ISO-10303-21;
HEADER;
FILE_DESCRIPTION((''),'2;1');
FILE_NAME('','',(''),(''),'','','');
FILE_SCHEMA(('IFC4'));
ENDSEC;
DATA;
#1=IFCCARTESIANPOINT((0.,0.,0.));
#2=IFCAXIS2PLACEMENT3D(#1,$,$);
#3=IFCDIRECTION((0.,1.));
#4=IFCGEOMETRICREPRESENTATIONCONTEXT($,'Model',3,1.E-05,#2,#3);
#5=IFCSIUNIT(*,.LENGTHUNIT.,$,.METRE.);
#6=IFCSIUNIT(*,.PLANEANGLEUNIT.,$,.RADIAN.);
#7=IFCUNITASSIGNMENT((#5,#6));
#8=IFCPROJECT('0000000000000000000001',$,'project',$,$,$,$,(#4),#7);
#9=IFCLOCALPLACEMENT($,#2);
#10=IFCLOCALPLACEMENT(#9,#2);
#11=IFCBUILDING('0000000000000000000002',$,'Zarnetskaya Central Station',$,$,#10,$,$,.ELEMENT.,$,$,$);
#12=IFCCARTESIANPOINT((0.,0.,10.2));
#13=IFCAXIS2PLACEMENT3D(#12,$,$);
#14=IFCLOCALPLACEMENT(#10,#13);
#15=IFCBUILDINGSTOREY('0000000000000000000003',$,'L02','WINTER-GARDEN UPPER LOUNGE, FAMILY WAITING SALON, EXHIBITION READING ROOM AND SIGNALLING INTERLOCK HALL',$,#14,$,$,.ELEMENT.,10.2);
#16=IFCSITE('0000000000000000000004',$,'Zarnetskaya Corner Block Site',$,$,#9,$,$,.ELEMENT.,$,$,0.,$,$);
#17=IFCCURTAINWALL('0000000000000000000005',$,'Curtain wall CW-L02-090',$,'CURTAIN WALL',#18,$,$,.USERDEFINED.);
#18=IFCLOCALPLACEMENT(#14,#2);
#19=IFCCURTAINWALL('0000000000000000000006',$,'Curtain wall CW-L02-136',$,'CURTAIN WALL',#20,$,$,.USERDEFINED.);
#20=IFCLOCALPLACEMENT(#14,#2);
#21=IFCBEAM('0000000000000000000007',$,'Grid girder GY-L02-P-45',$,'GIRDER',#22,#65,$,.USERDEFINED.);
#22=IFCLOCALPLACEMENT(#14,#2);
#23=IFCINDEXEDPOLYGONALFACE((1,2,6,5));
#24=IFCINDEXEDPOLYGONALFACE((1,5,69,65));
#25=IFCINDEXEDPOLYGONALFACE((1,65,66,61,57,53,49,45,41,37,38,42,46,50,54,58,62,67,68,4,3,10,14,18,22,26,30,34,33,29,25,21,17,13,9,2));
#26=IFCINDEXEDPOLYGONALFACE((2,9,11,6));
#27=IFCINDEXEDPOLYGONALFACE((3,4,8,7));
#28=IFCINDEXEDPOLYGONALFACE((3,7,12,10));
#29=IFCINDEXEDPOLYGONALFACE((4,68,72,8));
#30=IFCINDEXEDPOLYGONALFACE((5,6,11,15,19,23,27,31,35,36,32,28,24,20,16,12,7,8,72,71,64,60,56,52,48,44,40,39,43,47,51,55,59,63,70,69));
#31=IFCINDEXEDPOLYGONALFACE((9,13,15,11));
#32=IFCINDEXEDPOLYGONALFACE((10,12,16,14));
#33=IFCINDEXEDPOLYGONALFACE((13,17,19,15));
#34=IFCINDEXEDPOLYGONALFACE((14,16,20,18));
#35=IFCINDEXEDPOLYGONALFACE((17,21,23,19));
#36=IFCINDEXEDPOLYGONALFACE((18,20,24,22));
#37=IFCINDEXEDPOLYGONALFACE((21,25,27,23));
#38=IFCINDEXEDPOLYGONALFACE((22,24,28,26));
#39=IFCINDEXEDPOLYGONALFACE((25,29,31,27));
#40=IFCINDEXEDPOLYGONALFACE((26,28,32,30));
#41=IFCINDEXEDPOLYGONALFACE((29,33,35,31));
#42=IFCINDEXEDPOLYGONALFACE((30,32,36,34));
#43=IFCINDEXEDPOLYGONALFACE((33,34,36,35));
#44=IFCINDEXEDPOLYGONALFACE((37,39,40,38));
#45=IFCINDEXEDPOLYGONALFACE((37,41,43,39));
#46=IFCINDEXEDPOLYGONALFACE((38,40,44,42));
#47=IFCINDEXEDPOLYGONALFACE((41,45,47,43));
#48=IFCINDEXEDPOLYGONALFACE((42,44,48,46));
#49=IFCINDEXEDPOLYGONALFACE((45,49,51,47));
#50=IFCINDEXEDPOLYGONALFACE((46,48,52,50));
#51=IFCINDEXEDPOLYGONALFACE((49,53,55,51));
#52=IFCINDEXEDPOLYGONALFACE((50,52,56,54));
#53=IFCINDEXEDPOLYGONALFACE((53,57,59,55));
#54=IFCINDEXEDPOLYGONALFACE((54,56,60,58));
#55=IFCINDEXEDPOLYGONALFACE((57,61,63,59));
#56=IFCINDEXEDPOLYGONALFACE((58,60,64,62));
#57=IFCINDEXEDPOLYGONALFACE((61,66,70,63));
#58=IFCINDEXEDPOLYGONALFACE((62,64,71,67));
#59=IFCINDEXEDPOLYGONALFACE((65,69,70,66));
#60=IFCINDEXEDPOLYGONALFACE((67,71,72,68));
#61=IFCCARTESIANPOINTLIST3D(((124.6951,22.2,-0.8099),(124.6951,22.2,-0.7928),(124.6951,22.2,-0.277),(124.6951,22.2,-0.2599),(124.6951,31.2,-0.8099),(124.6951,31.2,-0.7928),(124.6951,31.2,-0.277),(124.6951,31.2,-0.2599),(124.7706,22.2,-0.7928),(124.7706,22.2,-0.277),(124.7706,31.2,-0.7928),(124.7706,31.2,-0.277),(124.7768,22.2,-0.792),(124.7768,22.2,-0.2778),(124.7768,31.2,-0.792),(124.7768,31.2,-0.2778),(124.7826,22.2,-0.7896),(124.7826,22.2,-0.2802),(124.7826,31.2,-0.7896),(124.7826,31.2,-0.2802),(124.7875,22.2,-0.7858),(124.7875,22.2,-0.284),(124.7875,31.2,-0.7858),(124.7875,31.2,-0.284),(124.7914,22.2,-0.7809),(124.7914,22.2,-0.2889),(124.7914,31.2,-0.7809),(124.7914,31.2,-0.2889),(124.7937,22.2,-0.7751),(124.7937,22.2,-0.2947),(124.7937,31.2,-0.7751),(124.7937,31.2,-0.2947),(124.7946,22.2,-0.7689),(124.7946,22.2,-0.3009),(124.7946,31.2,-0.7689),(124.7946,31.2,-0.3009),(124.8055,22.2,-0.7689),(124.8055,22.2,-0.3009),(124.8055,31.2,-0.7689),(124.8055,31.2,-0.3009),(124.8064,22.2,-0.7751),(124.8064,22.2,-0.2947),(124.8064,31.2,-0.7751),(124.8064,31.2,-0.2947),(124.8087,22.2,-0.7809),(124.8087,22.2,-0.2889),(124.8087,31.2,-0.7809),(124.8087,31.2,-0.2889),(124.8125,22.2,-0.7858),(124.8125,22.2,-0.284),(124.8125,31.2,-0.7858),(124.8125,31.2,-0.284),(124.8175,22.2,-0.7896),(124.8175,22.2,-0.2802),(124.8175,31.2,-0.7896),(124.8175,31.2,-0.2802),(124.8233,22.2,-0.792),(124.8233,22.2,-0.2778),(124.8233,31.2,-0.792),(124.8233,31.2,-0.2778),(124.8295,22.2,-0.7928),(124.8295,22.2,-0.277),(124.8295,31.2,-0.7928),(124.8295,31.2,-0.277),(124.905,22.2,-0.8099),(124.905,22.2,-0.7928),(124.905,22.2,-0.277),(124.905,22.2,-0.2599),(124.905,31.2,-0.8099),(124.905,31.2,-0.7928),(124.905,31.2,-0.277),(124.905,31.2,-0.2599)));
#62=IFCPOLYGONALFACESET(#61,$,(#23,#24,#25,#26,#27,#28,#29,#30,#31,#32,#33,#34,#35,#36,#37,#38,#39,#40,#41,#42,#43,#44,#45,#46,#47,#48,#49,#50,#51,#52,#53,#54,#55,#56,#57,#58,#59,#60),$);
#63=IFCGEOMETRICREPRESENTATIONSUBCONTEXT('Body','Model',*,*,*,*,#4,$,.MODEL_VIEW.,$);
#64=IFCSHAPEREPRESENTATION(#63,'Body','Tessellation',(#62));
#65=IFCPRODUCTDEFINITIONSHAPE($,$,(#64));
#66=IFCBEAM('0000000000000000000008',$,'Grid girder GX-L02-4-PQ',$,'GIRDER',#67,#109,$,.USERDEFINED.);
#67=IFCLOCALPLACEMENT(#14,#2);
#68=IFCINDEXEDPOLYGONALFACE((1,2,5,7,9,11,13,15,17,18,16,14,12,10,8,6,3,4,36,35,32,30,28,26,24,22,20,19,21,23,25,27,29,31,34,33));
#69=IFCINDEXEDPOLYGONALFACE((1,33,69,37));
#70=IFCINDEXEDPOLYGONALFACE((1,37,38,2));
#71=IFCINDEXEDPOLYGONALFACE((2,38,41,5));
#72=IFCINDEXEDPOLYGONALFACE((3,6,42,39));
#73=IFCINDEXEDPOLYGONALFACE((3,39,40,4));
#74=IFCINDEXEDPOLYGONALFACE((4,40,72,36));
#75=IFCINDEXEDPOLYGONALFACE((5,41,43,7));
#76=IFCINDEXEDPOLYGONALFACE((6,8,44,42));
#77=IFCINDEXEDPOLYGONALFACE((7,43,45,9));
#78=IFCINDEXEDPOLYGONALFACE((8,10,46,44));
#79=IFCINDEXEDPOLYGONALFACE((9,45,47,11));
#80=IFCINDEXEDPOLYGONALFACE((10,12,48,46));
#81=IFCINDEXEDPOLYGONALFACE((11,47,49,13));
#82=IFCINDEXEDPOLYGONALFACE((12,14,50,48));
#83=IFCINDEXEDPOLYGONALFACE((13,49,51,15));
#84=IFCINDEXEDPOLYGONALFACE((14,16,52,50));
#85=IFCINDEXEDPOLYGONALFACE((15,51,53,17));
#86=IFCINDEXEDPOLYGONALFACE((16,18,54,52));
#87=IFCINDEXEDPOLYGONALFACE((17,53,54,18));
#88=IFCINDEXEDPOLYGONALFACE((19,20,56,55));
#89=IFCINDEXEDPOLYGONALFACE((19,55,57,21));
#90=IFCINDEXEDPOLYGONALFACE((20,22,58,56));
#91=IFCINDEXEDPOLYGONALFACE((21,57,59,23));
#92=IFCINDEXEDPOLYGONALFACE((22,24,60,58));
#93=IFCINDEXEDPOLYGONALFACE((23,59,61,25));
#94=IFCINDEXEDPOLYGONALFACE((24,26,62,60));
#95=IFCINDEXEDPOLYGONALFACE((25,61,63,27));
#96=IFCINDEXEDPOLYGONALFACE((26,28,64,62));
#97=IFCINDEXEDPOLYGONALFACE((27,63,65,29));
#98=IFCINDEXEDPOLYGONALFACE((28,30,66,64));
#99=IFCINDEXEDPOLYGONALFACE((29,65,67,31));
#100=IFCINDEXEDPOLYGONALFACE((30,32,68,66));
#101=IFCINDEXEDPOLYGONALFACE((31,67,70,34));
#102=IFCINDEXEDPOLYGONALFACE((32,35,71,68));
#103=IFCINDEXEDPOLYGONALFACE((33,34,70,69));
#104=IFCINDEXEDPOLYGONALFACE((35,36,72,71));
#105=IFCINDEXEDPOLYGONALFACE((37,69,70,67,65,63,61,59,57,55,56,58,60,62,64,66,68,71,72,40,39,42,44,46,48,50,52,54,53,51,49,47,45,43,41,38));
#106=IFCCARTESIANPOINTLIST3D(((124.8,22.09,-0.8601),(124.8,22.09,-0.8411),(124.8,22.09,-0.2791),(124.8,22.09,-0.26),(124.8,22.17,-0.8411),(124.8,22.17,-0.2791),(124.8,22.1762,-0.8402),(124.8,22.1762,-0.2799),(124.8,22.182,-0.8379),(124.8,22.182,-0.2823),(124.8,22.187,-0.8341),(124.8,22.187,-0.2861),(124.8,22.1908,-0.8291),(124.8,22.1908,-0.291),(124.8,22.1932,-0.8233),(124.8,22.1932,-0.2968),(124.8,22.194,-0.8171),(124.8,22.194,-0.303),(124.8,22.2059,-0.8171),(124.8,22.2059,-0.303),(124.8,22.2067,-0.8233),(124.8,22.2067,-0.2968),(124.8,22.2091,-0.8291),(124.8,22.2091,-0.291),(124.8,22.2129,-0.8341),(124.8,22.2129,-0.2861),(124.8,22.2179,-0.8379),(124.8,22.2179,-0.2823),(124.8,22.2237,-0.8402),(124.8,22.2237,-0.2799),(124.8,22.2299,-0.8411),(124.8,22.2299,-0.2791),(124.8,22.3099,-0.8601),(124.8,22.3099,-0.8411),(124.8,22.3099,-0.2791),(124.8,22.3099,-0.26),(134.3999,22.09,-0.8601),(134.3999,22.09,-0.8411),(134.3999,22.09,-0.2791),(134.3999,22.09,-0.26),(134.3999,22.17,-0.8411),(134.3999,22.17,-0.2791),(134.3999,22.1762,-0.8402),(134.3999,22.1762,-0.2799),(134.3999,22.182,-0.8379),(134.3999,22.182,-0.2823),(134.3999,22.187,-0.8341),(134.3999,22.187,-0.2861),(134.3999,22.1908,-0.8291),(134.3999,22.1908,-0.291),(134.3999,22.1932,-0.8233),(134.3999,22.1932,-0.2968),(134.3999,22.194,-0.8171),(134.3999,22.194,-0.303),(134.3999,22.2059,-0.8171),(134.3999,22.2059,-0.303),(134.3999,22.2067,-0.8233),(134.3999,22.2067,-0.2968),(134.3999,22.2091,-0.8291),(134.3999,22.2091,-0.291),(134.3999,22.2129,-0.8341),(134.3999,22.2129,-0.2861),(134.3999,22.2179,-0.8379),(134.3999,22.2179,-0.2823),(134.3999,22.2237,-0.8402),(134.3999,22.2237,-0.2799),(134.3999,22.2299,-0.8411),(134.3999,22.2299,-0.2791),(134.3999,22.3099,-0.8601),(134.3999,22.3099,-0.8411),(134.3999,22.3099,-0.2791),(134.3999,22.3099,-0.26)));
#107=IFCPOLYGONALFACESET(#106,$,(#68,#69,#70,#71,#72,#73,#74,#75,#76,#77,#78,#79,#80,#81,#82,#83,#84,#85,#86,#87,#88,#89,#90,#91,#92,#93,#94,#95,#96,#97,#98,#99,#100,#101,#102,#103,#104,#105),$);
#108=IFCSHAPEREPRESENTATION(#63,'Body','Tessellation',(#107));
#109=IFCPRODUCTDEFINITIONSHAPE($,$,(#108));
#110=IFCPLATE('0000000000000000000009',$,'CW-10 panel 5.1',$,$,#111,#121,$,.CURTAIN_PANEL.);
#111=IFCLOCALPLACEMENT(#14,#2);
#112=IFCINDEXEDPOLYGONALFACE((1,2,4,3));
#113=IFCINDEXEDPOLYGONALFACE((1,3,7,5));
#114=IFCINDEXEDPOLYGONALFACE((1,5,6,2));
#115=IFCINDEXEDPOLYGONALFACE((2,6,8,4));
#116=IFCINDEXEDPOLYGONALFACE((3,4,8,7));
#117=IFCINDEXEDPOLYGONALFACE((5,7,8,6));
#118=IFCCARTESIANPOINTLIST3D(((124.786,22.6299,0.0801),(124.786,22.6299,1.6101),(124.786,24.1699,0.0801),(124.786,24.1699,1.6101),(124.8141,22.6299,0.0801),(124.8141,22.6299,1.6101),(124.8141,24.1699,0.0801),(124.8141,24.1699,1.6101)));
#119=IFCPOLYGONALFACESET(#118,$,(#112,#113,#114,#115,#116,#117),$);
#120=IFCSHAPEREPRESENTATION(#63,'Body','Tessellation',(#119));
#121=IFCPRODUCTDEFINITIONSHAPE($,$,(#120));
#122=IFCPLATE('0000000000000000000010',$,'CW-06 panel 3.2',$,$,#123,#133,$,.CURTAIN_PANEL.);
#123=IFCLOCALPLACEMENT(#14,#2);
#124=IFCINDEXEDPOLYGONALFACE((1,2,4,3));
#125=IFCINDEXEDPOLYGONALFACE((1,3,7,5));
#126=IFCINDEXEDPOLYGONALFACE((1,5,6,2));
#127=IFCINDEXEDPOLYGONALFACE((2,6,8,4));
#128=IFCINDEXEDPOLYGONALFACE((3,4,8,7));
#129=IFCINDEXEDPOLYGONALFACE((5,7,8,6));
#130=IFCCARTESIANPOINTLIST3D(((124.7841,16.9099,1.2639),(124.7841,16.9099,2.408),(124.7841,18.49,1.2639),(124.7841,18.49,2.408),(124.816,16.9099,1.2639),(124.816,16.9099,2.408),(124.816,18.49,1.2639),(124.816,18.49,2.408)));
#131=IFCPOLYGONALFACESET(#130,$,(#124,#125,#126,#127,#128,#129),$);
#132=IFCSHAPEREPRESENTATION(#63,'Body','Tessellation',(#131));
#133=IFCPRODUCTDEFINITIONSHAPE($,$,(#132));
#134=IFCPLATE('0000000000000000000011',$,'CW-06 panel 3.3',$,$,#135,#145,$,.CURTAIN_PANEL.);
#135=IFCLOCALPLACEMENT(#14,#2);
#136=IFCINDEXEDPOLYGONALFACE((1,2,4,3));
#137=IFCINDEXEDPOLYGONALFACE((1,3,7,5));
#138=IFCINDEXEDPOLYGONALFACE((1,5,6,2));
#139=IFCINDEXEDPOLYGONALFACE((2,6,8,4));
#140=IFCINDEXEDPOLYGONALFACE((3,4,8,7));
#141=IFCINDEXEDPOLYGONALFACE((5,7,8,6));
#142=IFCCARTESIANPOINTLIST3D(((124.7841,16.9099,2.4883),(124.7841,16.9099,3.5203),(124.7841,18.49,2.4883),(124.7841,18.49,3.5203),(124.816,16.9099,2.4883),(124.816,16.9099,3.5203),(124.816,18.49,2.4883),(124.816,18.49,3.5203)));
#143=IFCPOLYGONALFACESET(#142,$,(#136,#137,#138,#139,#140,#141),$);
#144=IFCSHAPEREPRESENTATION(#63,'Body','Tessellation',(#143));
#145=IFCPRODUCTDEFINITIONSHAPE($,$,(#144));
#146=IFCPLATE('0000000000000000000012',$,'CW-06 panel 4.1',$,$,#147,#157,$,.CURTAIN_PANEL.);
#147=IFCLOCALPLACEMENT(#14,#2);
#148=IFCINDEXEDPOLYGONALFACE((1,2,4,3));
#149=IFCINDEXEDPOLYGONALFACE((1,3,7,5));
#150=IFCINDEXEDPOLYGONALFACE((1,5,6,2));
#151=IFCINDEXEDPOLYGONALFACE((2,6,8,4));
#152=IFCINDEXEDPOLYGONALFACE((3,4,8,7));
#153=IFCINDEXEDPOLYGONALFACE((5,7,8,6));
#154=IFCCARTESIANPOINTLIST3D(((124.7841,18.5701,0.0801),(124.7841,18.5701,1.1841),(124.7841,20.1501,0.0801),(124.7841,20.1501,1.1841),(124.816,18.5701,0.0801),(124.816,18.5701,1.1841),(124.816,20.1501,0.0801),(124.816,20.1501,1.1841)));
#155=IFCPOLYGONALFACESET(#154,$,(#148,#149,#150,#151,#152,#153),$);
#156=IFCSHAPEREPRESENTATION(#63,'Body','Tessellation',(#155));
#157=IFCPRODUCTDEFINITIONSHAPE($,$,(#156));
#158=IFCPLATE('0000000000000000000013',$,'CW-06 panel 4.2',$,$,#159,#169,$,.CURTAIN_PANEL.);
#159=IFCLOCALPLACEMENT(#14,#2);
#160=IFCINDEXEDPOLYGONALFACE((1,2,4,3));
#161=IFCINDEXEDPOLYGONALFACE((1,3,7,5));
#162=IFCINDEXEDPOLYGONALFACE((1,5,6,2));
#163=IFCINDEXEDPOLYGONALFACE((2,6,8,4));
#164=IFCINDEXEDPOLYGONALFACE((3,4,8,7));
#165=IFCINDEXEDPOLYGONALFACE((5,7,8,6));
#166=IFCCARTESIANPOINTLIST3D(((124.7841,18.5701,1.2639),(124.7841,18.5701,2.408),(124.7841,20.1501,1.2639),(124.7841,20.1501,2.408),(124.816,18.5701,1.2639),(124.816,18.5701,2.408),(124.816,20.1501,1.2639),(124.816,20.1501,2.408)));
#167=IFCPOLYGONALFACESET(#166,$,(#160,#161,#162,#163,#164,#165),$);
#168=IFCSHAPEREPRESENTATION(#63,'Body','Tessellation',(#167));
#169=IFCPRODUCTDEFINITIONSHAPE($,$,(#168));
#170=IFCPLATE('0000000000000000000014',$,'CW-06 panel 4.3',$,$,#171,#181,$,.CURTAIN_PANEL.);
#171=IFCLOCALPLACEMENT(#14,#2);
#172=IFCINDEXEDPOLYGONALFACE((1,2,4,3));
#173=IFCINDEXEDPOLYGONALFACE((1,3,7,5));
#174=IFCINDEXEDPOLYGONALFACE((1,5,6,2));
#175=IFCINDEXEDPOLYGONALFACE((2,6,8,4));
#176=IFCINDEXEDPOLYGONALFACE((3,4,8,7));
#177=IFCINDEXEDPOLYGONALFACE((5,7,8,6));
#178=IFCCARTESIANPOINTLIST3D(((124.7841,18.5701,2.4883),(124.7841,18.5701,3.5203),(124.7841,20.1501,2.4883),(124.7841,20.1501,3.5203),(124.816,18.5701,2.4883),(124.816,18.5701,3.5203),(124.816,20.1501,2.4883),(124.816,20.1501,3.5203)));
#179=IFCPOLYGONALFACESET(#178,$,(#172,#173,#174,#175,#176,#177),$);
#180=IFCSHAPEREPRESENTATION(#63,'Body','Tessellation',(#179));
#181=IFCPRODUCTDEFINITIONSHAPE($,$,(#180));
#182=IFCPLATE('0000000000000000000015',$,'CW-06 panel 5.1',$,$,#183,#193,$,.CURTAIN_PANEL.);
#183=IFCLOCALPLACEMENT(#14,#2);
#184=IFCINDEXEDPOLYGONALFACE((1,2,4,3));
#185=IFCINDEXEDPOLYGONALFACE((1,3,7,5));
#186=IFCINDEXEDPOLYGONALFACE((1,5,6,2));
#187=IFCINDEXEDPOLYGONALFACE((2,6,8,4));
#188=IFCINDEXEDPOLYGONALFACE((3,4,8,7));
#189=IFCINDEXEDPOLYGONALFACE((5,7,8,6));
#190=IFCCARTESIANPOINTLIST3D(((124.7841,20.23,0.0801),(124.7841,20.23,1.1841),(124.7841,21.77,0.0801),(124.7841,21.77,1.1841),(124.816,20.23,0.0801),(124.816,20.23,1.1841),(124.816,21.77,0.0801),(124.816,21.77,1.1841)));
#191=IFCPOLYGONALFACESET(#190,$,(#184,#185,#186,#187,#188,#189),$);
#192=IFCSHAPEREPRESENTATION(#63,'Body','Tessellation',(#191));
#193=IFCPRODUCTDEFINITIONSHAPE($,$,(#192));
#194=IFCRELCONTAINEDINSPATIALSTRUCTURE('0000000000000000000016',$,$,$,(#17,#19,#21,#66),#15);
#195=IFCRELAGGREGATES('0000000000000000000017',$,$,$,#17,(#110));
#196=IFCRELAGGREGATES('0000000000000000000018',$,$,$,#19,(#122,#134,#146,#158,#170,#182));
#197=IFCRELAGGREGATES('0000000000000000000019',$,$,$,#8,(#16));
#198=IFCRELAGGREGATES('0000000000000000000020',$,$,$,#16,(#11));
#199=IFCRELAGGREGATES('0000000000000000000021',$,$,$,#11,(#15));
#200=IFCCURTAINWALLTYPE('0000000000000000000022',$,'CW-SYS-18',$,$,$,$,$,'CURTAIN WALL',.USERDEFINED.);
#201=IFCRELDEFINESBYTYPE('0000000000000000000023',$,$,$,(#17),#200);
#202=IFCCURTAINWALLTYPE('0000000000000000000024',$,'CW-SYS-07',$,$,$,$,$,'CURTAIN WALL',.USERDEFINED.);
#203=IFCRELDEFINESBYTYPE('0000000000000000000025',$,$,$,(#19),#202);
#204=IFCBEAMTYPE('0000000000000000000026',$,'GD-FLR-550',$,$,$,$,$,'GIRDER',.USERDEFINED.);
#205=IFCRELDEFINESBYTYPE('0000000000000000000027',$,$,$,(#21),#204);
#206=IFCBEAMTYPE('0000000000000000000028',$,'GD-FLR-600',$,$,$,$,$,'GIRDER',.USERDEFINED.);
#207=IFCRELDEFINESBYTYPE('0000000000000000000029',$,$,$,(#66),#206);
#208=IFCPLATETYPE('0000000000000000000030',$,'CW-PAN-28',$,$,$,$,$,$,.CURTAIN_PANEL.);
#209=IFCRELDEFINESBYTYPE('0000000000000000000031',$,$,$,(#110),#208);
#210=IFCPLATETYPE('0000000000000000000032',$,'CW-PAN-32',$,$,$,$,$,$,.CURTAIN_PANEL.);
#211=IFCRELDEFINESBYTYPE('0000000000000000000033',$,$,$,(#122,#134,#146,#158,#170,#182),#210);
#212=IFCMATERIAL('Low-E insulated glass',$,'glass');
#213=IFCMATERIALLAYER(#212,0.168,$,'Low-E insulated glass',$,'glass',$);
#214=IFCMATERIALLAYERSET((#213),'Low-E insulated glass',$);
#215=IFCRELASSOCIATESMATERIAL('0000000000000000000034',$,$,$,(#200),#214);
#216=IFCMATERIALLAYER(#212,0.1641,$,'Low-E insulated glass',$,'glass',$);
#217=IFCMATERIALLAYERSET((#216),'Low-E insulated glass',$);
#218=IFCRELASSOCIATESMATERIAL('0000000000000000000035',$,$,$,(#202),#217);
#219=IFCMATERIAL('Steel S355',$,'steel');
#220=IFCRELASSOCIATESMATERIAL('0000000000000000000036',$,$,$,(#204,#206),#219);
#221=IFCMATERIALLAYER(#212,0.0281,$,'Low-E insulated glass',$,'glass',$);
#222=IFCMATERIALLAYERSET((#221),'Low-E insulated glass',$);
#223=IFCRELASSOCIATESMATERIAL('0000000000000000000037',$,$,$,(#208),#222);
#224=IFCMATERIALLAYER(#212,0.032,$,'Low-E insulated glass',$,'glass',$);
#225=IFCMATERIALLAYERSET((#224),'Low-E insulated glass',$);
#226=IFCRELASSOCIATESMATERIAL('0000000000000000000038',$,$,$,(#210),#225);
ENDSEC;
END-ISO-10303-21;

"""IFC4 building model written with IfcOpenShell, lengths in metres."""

from ifc_helpers import new_model, si_unit, direction, frame, origin, origin_2d, place, context, subcontext, project, spatial, rectangle, i_section, extrude, material, layer, layer_set, material_profile, profile_set, type_object, element, aggregate, save


model = new_model("IFC4")

# Units and contexts
model_context = context("Model", 3, precision=1e-05, world=origin(), true_north=direction((0.0, 1.0)))
body_context = subcontext(model_context, "Body", "Model", "MODEL_VIEW")
ifc_project = project(units=[si_unit("LENGTHUNIT", "METRE"), si_unit("PLANEANGLEUNIT", "RADIAN")], contexts=[model_context])

# Site, building, storey
site_placement = place(None, origin())
site = spatial("IfcSite", under=ifc_project, at=site_placement, Name="Zarnetskaya Corner Block Site", CompositionType="ELEMENT", RefElevation=0.0)
building_placement = place(site_placement, origin())
building = spatial("IfcBuilding", under=site, at=building_placement, Name="Zarnetskaya Central Station", CompositionType="ELEMENT")
storey_placement = place(building_placement, frame((0.0, 0.0, 10.2)))
storey = spatial("IfcBuildingStorey", under=building, at=storey_placement, Name="L02", Description="WINTER-GARDEN UPPER LOUNGE, FAMILY WAITING SALON, EXHIBITION READING ROOM AND SIGNALLING INTERLOCK HALL", CompositionType="ELEMENT", Elevation=10.2)

# Shared definitions
ifc_material_1 = material(Name="Steel S355", Category="steel")

# Curtain wall
ifc_material_2 = material(Name="Low-E insulated glass", Category="glass")
ifc_layer_1 = layer(ifc_material_2, 0.168, Name="Low-E insulated glass", Category="glass")
ifc_layer_set_1 = layer_set([ifc_layer_1], Name="Low-E insulated glass")
curtain_wall_type_1 = type_object("IfcCurtainWallType", Name="CW-SYS-18", ElementType="CURTAIN WALL", PredefinedType="USERDEFINED", material=ifc_layer_set_1)
curtain_wall_1_placement = place(storey_placement, origin())
curtain_wall_1 = element("IfcCurtainWall", 1, at=curtain_wall_1_placement, inside=storey, type_object=curtain_wall_type_1, Name="Curtain wall CW-L02-090", ObjectType="CURTAIN WALL", PredefinedType="USERDEFINED")

# Curtain wall
ifc_layer_2 = layer(ifc_material_2, 0.1641, Name="Low-E insulated glass", Category="glass")
ifc_layer_set_2 = layer_set([ifc_layer_2], Name="Low-E insulated glass")
curtain_wall_type_2 = type_object("IfcCurtainWallType", Name="CW-SYS-07", ElementType="CURTAIN WALL", PredefinedType="USERDEFINED", material=ifc_layer_set_2)
curtain_wall_2_placement = place(storey_placement, origin())
curtain_wall_2 = element("IfcCurtainWall", 2, at=curtain_wall_2_placement, inside=storey, type_object=curtain_wall_type_2, Name="Curtain wall CW-L02-136", ObjectType="CURTAIN WALL", PredefinedType="USERDEFINED")

# Beams
ifc_material_profile_1 = material_profile(ifc_material_1, i_section(OverallWidth=0.21, OverallDepth=0.55, WebThickness=0.011, FlangeThickness=0.0171, FilletRadius=0.0239, at=origin_2d()), Name="IPE 550")
ifc_profile_set_1 = profile_set([ifc_material_profile_1], Name="Steel S355")
beam_type_1 = type_object("IfcBeamType", Name="GD-FLR-550", ElementType="GIRDER", PredefinedType="USERDEFINED", material=ifc_profile_set_1)
beam_1_placement = place(storey_placement, frame((124.8, 22.2, -0.5349), z_axis=(0.0, 1.0, 0.0), x_axis=(-1.0, 0.0, 0.0)))
element("IfcBeam", 3, at=beam_1_placement, inside=storey, type_object=beam_type_1, Name="Grid girder GY-L02-P-45", ObjectType="GIRDER", PredefinedType="USERDEFINED", context=body_context, shape_type="SweptSolid", body=[
    extrude(i_section(OverallWidth=0.21, OverallDepth=0.55, WebThickness=0.011, FlangeThickness=0.0171, FilletRadius=0.0239, at=origin_2d()), origin(), (0.0, 0.0, 1.0), 9.0),
])
ifc_material_profile_2 = material_profile(ifc_material_1, i_section(OverallWidth=0.22, OverallDepth=0.6001, WebThickness=0.012, FlangeThickness=0.019, FilletRadius=0.0239, at=origin_2d()), Name="IPE 600")
ifc_profile_set_2 = profile_set([ifc_material_profile_2], Name="Steel S355")
beam_type_2 = type_object("IfcBeamType", Name="GD-FLR-600", ElementType="GIRDER", PredefinedType="USERDEFINED", material=ifc_profile_set_2)
beam_2_placement = place(storey_placement, frame((124.8, 22.2, -0.5601), z_axis=(1.0, 0.0, 0.0), x_axis=(0.0, 1.0, 0.0)))
element("IfcBeam", 4, at=beam_2_placement, inside=storey, type_object=beam_type_2, Name="Grid girder GX-L02-4-PQ", ObjectType="GIRDER", PredefinedType="USERDEFINED", context=body_context, shape_type="SweptSolid", body=[
    extrude(i_section(OverallWidth=0.22, OverallDepth=0.6001, WebThickness=0.012, FlangeThickness=0.019, FilletRadius=0.0239, at=origin_2d()), origin(), (0.0, 0.0, 1.0), 9.5999),
])

# Plates
ifc_layer_3 = layer(ifc_material_2, 0.0281, Name="Low-E insulated glass", Category="glass")
ifc_layer_set_3 = layer_set([ifc_layer_3], Name="Low-E insulated glass")
plate_type_1 = type_object("IfcPlateType", Name="CW-PAN-28", PredefinedType="CURTAIN_PANEL", material=ifc_layer_set_3)
plate_1_placement = place(storey_placement, frame((124.8, 23.3999, 0.0801), z_axis=(0.0, 0.0, 1.0), x_axis=(0.0, -1.0, 0.0)))
plate_1 = element("IfcPlate", 5, at=plate_1_placement, type_object=plate_type_1, Name="CW-10 panel 5.1", PredefinedType="CURTAIN_PANEL", context=body_context, shape_type="SweptSolid", body=[
    extrude(rectangle(XDim=1.54, YDim=0.0281, at=origin_2d()), origin(), (0.0, 0.0, 1.0), 1.53),
])
aggregate(curtain_wall_1, [plate_1])
ifc_layer_4 = layer(ifc_material_2, 0.032, Name="Low-E insulated glass", Category="glass")
ifc_layer_set_4 = layer_set([ifc_layer_4], Name="Low-E insulated glass")
plate_type_2 = type_object("IfcPlateType", Name="CW-PAN-32", PredefinedType="CURTAIN_PANEL", material=ifc_layer_set_4)
plate_2_placement = place(storey_placement, frame((124.8, 17.7, 1.2639), z_axis=(0.0, 0.0, 1.0), x_axis=(0.0, 1.0, 0.0)))
plate_2 = element("IfcPlate", 6, at=plate_2_placement, type_object=plate_type_2, Name="CW-06 panel 3.2", PredefinedType="CURTAIN_PANEL", context=body_context, shape_type="SweptSolid", body=[
    extrude(rectangle(XDim=1.5801, YDim=0.032, at=origin_2d()), origin(), (0.0, 0.0, 1.0), 1.144),
])
plate_3_placement = place(storey_placement, frame((124.8, 17.7, 2.4883), z_axis=(0.0, 0.0, 1.0), x_axis=(0.0, 1.0, 0.0)))
plate_3 = element("IfcPlate", 7, at=plate_3_placement, type_object=plate_type_2, Name="CW-06 panel 3.3", PredefinedType="CURTAIN_PANEL", context=body_context, shape_type="SweptSolid", body=[
    extrude(rectangle(XDim=1.5801, YDim=0.032, at=origin_2d()), origin(), (0.0, 0.0, 1.0), 1.032),
])
plate_4_placement = place(storey_placement, frame((124.8, 19.3601, 0.0801), z_axis=(0.0, 0.0, 1.0), x_axis=(0.0, 1.0, 0.0)))
plate_4 = element("IfcPlate", 8, at=plate_4_placement, type_object=plate_type_2, Name="CW-06 panel 4.1", PredefinedType="CURTAIN_PANEL", context=body_context, shape_type="SweptSolid", body=[
    extrude(rectangle(XDim=1.5801, YDim=0.032, at=origin_2d()), origin(), (0.0, 0.0, 1.0), 1.104),
])
plate_5_placement = place(storey_placement, frame((124.8, 19.3601, 1.2639), z_axis=(0.0, 0.0, 1.0), x_axis=(0.0, 1.0, 0.0)))
plate_5 = element("IfcPlate", 9, at=plate_5_placement, type_object=plate_type_2, Name="CW-06 panel 4.2", PredefinedType="CURTAIN_PANEL", context=body_context, shape_type="SweptSolid", body=[
    extrude(rectangle(XDim=1.5801, YDim=0.032, at=origin_2d()), origin(), (0.0, 0.0, 1.0), 1.144),
])
plate_6_placement = place(storey_placement, frame((124.8, 19.3601, 2.4883), z_axis=(0.0, 0.0, 1.0), x_axis=(0.0, 1.0, 0.0)))
plate_6 = element("IfcPlate", 10, at=plate_6_placement, type_object=plate_type_2, Name="CW-06 panel 4.3", PredefinedType="CURTAIN_PANEL", context=body_context, shape_type="SweptSolid", body=[
    extrude(rectangle(XDim=1.5801, YDim=0.032, at=origin_2d()), origin(), (0.0, 0.0, 1.0), 1.032),
])
plate_7_placement = place(storey_placement, frame((124.8, 21.0, 0.0801), z_axis=(0.0, 0.0, 1.0), x_axis=(0.0, 1.0, 0.0)))
plate_7 = element("IfcPlate", 11, at=plate_7_placement, type_object=plate_type_2, Name="CW-06 panel 5.1", PredefinedType="CURTAIN_PANEL", context=body_context, shape_type="SweptSolid", body=[
    extrude(rectangle(XDim=1.54, YDim=0.032, at=origin_2d()), origin(), (0.0, 0.0, 1.0), 1.104),
])
aggregate(curtain_wall_2, [plate_2, plate_3, plate_4, plate_5, plate_6, plate_7])

save(model, "model.ifc")
